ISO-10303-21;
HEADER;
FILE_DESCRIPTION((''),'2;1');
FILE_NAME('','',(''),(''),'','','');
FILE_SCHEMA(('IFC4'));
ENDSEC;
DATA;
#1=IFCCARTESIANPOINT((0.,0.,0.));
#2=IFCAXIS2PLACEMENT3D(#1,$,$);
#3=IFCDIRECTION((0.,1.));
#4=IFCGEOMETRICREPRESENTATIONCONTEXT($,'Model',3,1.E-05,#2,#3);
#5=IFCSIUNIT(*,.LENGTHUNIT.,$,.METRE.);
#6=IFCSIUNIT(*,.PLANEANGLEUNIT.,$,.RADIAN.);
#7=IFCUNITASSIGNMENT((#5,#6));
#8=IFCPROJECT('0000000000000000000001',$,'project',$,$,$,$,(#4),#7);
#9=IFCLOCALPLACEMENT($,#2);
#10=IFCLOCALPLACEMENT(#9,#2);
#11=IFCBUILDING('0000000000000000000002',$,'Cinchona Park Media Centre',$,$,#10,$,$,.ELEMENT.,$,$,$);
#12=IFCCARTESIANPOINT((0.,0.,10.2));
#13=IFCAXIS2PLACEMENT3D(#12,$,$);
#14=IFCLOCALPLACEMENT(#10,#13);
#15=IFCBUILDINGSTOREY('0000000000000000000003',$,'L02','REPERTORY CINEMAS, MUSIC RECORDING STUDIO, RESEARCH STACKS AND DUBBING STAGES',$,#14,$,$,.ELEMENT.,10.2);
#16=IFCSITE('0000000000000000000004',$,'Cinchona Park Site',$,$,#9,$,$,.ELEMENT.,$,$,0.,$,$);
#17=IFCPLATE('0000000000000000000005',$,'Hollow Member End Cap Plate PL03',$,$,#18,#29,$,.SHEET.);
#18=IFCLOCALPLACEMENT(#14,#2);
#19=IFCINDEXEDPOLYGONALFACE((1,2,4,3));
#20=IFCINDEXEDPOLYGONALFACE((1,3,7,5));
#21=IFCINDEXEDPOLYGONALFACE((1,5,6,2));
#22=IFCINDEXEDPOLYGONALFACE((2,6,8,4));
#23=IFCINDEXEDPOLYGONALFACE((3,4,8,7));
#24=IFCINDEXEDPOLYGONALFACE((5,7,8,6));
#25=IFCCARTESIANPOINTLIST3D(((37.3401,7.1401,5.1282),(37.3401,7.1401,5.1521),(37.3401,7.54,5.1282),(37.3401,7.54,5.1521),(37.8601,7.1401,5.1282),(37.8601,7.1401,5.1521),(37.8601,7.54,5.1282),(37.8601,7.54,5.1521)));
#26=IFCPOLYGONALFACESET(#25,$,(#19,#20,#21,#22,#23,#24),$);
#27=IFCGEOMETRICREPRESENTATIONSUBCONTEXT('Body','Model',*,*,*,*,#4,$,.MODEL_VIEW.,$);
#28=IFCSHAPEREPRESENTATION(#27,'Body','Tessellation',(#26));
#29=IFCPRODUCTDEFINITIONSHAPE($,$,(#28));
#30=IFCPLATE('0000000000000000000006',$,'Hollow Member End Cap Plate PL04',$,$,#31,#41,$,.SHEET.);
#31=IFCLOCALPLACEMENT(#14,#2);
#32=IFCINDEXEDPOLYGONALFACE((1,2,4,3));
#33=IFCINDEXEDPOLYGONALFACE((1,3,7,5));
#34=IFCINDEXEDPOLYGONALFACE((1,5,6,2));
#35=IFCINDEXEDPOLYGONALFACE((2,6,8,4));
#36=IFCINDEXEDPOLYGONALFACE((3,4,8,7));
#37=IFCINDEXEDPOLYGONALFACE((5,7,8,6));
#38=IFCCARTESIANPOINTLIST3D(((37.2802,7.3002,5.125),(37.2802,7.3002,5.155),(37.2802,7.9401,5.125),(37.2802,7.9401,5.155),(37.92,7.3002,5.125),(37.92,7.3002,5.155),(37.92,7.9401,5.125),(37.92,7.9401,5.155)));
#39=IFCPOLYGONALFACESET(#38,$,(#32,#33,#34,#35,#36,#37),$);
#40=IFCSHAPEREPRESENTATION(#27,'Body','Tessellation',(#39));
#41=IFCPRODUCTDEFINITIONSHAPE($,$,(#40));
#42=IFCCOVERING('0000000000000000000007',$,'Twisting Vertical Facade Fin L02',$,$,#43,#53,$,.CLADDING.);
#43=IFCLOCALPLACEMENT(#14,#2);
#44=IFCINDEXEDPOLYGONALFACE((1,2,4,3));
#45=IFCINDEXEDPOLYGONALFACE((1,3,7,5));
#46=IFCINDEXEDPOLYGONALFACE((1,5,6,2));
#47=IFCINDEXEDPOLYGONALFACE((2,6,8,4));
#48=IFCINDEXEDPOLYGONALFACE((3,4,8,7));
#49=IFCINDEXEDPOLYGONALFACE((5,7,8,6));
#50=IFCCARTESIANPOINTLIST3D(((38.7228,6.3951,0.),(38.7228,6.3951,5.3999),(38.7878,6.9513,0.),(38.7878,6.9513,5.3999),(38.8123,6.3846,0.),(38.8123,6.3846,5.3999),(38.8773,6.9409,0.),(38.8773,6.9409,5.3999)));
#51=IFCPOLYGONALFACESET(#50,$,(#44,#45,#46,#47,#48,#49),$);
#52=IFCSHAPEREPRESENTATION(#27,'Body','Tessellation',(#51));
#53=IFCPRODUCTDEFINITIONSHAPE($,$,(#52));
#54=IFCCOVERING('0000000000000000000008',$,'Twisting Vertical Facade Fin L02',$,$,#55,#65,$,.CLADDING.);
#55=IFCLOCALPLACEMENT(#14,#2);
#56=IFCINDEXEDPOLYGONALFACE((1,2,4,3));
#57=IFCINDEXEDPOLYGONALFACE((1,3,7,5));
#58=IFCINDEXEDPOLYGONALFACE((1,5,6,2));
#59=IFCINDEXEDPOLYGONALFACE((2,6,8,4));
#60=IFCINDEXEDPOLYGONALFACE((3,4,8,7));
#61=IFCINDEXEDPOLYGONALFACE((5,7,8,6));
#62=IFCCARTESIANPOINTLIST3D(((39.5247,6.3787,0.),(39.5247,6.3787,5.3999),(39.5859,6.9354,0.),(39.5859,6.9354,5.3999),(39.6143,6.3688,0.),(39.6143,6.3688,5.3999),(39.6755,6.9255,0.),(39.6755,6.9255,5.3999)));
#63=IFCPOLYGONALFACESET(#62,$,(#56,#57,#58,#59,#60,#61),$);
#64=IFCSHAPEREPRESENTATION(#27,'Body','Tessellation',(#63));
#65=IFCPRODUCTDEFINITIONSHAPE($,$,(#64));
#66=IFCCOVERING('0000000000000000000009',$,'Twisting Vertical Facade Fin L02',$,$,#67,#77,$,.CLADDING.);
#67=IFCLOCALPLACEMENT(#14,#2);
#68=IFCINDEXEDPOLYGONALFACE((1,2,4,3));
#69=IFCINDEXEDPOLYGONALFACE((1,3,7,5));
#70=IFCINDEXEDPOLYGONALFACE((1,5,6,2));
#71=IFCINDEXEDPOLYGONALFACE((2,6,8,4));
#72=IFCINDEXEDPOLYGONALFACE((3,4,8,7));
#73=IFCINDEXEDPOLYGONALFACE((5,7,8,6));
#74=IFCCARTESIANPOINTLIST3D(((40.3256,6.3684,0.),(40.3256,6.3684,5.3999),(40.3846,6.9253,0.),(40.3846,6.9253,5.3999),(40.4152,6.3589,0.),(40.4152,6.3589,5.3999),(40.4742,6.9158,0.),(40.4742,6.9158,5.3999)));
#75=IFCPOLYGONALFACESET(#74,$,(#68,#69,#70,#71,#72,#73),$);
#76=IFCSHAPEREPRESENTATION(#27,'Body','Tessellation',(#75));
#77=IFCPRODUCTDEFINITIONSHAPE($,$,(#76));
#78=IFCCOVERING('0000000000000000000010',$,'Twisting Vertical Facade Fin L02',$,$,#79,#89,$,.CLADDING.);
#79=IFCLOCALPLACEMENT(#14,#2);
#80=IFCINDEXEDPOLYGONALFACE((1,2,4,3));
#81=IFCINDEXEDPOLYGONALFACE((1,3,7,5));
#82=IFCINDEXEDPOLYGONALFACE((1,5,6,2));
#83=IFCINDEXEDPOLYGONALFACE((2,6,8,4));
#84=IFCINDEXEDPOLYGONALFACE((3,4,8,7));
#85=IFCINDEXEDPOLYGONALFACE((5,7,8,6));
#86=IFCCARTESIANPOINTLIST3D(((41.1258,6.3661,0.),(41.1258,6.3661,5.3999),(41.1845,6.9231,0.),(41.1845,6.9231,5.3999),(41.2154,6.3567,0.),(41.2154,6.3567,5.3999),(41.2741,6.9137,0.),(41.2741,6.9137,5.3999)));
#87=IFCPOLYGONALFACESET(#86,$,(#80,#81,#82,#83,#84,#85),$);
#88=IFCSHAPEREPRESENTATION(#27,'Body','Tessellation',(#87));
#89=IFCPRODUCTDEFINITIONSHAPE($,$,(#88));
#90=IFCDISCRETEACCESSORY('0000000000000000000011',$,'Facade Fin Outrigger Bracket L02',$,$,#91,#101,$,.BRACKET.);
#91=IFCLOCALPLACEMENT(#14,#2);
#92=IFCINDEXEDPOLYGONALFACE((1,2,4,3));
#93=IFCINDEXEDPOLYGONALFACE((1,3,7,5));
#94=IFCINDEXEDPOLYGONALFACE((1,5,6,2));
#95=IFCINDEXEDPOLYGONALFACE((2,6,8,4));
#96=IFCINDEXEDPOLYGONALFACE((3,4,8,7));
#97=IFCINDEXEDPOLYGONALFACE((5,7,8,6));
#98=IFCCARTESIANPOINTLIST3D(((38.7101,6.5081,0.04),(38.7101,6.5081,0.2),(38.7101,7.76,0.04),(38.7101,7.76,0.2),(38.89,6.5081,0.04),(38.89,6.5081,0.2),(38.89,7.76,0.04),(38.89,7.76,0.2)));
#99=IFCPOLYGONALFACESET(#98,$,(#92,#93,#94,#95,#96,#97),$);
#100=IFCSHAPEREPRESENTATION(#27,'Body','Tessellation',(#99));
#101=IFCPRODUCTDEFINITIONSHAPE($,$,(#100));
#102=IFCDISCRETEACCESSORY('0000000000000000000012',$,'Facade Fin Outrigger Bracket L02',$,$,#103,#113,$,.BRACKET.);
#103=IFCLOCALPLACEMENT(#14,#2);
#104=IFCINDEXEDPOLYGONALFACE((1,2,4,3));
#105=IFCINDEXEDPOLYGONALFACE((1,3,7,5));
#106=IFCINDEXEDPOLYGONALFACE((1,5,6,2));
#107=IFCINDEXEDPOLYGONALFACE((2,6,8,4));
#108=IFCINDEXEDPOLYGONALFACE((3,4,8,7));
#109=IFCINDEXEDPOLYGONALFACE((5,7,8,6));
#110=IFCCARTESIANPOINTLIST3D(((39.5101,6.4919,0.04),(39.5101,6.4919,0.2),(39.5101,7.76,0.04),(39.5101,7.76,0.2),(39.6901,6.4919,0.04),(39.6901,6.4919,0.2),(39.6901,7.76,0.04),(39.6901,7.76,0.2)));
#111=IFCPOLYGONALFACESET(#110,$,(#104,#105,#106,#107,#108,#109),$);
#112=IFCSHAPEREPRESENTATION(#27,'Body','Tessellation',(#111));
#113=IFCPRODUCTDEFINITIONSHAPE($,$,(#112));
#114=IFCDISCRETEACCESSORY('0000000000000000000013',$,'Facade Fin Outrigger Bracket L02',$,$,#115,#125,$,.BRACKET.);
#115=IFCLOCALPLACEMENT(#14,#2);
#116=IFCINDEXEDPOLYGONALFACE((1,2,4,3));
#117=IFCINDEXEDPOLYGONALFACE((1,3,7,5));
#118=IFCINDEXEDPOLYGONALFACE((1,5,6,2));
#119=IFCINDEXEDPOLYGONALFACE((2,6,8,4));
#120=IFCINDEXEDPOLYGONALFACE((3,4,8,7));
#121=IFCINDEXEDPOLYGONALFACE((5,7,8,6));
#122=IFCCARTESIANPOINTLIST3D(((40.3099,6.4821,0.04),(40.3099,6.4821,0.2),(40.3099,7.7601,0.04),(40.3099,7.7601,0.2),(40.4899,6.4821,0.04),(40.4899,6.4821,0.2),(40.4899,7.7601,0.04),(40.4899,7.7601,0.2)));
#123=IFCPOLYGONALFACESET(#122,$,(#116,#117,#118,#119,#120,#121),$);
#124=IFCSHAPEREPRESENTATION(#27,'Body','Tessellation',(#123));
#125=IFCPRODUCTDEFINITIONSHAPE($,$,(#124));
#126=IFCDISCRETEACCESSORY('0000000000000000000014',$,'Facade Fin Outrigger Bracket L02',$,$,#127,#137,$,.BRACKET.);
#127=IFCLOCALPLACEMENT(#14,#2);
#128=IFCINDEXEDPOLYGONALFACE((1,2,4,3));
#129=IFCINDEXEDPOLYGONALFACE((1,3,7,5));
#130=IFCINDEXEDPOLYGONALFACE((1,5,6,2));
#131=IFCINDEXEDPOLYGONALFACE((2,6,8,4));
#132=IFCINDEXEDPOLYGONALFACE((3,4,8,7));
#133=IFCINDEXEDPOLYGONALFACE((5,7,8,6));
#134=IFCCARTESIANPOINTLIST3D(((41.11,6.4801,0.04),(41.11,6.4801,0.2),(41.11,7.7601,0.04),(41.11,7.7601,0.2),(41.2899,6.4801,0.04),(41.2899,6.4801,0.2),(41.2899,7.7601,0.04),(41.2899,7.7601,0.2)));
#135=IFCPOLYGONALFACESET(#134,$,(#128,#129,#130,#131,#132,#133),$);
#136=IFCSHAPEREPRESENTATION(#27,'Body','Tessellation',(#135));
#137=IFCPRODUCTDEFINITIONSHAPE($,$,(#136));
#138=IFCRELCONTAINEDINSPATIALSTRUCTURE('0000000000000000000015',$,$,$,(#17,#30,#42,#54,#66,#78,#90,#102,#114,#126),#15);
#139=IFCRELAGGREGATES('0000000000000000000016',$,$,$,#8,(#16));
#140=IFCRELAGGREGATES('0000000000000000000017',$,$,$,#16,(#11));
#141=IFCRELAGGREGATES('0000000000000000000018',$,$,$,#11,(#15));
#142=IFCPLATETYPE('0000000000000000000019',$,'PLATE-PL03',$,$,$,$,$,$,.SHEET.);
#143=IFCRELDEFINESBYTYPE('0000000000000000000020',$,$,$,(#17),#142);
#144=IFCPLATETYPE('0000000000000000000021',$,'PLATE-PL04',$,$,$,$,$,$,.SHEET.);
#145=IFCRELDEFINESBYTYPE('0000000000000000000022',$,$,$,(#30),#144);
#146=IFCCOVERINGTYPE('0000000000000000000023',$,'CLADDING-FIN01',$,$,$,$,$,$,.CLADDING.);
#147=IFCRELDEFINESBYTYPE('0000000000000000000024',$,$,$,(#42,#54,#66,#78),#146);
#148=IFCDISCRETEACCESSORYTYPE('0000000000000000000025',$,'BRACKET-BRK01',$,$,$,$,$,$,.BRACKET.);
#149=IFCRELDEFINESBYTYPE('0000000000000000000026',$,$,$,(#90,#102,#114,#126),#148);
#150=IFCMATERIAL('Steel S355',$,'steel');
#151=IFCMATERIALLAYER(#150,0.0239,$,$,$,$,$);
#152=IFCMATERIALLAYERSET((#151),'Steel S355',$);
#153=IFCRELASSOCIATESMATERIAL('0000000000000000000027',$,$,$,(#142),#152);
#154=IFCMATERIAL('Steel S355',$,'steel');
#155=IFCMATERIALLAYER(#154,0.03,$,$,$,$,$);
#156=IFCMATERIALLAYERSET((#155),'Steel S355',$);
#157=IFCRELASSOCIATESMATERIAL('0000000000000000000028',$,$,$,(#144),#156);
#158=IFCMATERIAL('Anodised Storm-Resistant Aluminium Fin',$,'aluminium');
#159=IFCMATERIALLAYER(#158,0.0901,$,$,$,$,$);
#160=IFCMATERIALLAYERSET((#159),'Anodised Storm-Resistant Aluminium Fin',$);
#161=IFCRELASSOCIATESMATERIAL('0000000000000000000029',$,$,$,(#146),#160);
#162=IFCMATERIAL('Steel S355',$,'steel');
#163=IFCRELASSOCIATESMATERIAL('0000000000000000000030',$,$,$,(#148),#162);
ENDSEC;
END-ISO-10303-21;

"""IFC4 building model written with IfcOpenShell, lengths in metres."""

from ifc_helpers import new_model, si_unit, direction, frame, origin, origin_2d, place, context, subcontext, project, spatial, rectangle, extrude, material, layer, layer_set, type_object, element, save


model = new_model("IFC4")

# Units and contexts
model_context = context("Model", 3, precision=1e-05, world=origin(), true_north=direction((0.0, 1.0)))
body_context = subcontext(model_context, "Body", "Model", "MODEL_VIEW")
ifc_project = project(units=[si_unit("LENGTHUNIT", "METRE"), si_unit("PLANEANGLEUNIT", "RADIAN")], contexts=[model_context])

# Site, building, storey
site_placement = place(None, origin())
site = spatial("IfcSite", under=ifc_project, at=site_placement, Name="Cinchona Park Site", CompositionType="ELEMENT", RefElevation=0.0)
building_placement = place(site_placement, origin())
building = spatial("IfcBuilding", under=site, at=building_placement, Name="Cinchona Park Media Centre", CompositionType="ELEMENT")
storey_placement = place(building_placement, frame((0.0, 0.0, 10.2)))
storey = spatial("IfcBuildingStorey", under=building, at=storey_placement, Name="L02", Description="REPERTORY CINEMAS, MUSIC RECORDING STUDIO, RESEARCH STACKS AND DUBBING STAGES", CompositionType="ELEMENT", Elevation=10.2)

# Plates
ifc_material_1 = material(Name="Steel S355", Category="steel")
ifc_layer_1 = layer(ifc_material_1, 0.0239)
ifc_layer_set_1 = layer_set([ifc_layer_1], Name="Steel S355")
plate_type_1 = type_object("IfcPlateType", Name="PLATE-PL03", PredefinedType="SHEET", material=ifc_layer_set_1)
plate_1_placement = place(storey_placement, frame((37.6001, 7.3401, 5.1282), z_axis=(0.0, 0.0, 1.0), x_axis=(1.0, 0.0, 0.0)))
element("IfcPlate", 1, at=plate_1_placement, inside=storey, type_object=plate_type_1, Name="Hollow Member End Cap Plate PL03", PredefinedType="SHEET", context=body_context, shape_type="SweptSolid", body=[
    extrude(rectangle(XDim=0.52, YDim=0.3999, at=origin_2d()), origin(), (0.0, 0.0, 1.0), 0.0239),
])
ifc_material_2 = material(Name="Steel S355", Category="steel")
ifc_layer_2 = layer(ifc_material_2, 0.03)
ifc_layer_set_2 = layer_set([ifc_layer_2], Name="Steel S355")
plate_type_2 = type_object("IfcPlateType", Name="PLATE-PL04", PredefinedType="SHEET", material=ifc_layer_set_2)
plate_2_placement = place(storey_placement, frame((37.6001, 7.6201, 5.125), z_axis=(0.0, 0.0, 1.0), x_axis=(1.0, 0.0, 0.0)))
element("IfcPlate", 2, at=plate_2_placement, inside=storey, type_object=plate_type_2, Name="Hollow Member End Cap Plate PL04", PredefinedType="SHEET", context=body_context, shape_type="SweptSolid", body=[
    extrude(rectangle(XDim=0.6399, YDim=0.6399, at=origin_2d()), origin(), (0.0, 0.0, 1.0), 0.03),
])

# Coverings
ifc_material_3 = material(Name="Anodised Storm-Resistant Aluminium Fin", Category="aluminium")
ifc_layer_3 = layer(ifc_material_3, 0.0901)
ifc_layer_set_3 = layer_set([ifc_layer_3], Name="Anodised Storm-Resistant Aluminium Fin")
covering_type = type_object("IfcCoveringType", Name="CLADDING-FIN01", PredefinedType="CLADDING", material=ifc_layer_set_3)
for number, where, z_axis, x_axis, name in (
    (3, (38.8, 6.668, 0.0), (0.0, 0.0, 1.0), (0.116151, 0.993232, 0.0), "Twisting Vertical Facade Fin L02"),
    (4, (39.6001, 6.6521, 0.0), (0.0, 0.0, 1.0), (0.109214, 0.994018, 0.0), "Twisting Vertical Facade Fin L02"),
    (5, (40.3999, 6.6421, 0.0), (0.0, 0.0, 1.0), (0.105396, 0.99443, 0.0), "Twisting Vertical Facade Fin L02"),
    (6, (41.2, 6.6399, 0.0), (0.0, 0.0, 1.0), (0.104702, 0.994504, 0.0), "Twisting Vertical Facade Fin L02"),
):
    element("IfcCovering", number, at=place(storey_placement, frame(where, z_axis=z_axis, x_axis=x_axis)), inside=storey, type_object=covering_type, Name=name, PredefinedType="CLADDING", context=body_context, shape_type="SweptSolid", body=[
        extrude(rectangle(XDim=0.5601, YDim=0.0901, at=origin_2d()), origin(), (0.0, 0.0, 1.0), 5.3999),
    ])

# Discrete accessories
ifc_material_4 = material(Name="Steel S355", Category="steel")
discrete_accessory_type = type_object("IfcDiscreteAccessoryType", Name="BRACKET-BRK01", PredefinedType="BRACKET", material=ifc_material_4)
discrete_accessory_1_placement = place(storey_placement, frame((38.8, 7.134, 0.04), z_axis=(0.0, 0.0, 1.0), x_axis=(1.0, 0.0, 0.0)))
element("IfcDiscreteAccessory", 7, at=discrete_accessory_1_placement, inside=storey, type_object=discrete_accessory_type, Name="Facade Fin Outrigger Bracket L02", PredefinedType="BRACKET", context=body_context, shape_type="SweptSolid", body=[
    extrude(rectangle(XDim=0.1799, YDim=1.252, at=origin_2d()), origin(), (0.0, 0.0, 1.0), 0.1599),
])
discrete_accessory_2_placement = place(storey_placement, frame((39.6001, 7.126, 0.04), z_axis=(0.0, 0.0, 1.0), x_axis=(1.0, 0.0, 0.0)))
element("IfcDiscreteAccessory", 8, at=discrete_accessory_2_placement, inside=storey, type_object=discrete_accessory_type, Name="Facade Fin Outrigger Bracket L02", PredefinedType="BRACKET", context=body_context, shape_type="SweptSolid", body=[
    extrude(rectangle(XDim=0.1799, YDim=1.2681, at=origin_2d()), origin(), (0.0, 0.0, 1.0), 0.1599),
])
discrete_accessory_3_placement = place(storey_placement, frame((40.3999, 7.1211, 0.04), z_axis=(0.0, 0.0, 1.0), x_axis=(1.0, 0.0, 0.0)))
element("IfcDiscreteAccessory", 9, at=discrete_accessory_3_placement, inside=storey, type_object=discrete_accessory_type, Name="Facade Fin Outrigger Bracket L02", PredefinedType="BRACKET", context=body_context, shape_type="SweptSolid", body=[
    extrude(rectangle(XDim=0.1799, YDim=1.2781, at=origin_2d()), origin(), (0.0, 0.0, 1.0), 0.1599),
])
discrete_accessory_4_placement = place(storey_placement, frame((41.2, 7.1201, 0.04), z_axis=(0.0, 0.0, 1.0), x_axis=(1.0, 0.0, 0.0)))
element("IfcDiscreteAccessory", 10, at=discrete_accessory_4_placement, inside=storey, type_object=discrete_accessory_type, Name="Facade Fin Outrigger Bracket L02", PredefinedType="BRACKET", context=body_context, shape_type="SweptSolid", body=[
    extrude(rectangle(XDim=0.1799, YDim=1.28, at=origin_2d()), origin(), (0.0, 0.0, 1.0), 0.1599),
])

save(model, "model.ifc")
